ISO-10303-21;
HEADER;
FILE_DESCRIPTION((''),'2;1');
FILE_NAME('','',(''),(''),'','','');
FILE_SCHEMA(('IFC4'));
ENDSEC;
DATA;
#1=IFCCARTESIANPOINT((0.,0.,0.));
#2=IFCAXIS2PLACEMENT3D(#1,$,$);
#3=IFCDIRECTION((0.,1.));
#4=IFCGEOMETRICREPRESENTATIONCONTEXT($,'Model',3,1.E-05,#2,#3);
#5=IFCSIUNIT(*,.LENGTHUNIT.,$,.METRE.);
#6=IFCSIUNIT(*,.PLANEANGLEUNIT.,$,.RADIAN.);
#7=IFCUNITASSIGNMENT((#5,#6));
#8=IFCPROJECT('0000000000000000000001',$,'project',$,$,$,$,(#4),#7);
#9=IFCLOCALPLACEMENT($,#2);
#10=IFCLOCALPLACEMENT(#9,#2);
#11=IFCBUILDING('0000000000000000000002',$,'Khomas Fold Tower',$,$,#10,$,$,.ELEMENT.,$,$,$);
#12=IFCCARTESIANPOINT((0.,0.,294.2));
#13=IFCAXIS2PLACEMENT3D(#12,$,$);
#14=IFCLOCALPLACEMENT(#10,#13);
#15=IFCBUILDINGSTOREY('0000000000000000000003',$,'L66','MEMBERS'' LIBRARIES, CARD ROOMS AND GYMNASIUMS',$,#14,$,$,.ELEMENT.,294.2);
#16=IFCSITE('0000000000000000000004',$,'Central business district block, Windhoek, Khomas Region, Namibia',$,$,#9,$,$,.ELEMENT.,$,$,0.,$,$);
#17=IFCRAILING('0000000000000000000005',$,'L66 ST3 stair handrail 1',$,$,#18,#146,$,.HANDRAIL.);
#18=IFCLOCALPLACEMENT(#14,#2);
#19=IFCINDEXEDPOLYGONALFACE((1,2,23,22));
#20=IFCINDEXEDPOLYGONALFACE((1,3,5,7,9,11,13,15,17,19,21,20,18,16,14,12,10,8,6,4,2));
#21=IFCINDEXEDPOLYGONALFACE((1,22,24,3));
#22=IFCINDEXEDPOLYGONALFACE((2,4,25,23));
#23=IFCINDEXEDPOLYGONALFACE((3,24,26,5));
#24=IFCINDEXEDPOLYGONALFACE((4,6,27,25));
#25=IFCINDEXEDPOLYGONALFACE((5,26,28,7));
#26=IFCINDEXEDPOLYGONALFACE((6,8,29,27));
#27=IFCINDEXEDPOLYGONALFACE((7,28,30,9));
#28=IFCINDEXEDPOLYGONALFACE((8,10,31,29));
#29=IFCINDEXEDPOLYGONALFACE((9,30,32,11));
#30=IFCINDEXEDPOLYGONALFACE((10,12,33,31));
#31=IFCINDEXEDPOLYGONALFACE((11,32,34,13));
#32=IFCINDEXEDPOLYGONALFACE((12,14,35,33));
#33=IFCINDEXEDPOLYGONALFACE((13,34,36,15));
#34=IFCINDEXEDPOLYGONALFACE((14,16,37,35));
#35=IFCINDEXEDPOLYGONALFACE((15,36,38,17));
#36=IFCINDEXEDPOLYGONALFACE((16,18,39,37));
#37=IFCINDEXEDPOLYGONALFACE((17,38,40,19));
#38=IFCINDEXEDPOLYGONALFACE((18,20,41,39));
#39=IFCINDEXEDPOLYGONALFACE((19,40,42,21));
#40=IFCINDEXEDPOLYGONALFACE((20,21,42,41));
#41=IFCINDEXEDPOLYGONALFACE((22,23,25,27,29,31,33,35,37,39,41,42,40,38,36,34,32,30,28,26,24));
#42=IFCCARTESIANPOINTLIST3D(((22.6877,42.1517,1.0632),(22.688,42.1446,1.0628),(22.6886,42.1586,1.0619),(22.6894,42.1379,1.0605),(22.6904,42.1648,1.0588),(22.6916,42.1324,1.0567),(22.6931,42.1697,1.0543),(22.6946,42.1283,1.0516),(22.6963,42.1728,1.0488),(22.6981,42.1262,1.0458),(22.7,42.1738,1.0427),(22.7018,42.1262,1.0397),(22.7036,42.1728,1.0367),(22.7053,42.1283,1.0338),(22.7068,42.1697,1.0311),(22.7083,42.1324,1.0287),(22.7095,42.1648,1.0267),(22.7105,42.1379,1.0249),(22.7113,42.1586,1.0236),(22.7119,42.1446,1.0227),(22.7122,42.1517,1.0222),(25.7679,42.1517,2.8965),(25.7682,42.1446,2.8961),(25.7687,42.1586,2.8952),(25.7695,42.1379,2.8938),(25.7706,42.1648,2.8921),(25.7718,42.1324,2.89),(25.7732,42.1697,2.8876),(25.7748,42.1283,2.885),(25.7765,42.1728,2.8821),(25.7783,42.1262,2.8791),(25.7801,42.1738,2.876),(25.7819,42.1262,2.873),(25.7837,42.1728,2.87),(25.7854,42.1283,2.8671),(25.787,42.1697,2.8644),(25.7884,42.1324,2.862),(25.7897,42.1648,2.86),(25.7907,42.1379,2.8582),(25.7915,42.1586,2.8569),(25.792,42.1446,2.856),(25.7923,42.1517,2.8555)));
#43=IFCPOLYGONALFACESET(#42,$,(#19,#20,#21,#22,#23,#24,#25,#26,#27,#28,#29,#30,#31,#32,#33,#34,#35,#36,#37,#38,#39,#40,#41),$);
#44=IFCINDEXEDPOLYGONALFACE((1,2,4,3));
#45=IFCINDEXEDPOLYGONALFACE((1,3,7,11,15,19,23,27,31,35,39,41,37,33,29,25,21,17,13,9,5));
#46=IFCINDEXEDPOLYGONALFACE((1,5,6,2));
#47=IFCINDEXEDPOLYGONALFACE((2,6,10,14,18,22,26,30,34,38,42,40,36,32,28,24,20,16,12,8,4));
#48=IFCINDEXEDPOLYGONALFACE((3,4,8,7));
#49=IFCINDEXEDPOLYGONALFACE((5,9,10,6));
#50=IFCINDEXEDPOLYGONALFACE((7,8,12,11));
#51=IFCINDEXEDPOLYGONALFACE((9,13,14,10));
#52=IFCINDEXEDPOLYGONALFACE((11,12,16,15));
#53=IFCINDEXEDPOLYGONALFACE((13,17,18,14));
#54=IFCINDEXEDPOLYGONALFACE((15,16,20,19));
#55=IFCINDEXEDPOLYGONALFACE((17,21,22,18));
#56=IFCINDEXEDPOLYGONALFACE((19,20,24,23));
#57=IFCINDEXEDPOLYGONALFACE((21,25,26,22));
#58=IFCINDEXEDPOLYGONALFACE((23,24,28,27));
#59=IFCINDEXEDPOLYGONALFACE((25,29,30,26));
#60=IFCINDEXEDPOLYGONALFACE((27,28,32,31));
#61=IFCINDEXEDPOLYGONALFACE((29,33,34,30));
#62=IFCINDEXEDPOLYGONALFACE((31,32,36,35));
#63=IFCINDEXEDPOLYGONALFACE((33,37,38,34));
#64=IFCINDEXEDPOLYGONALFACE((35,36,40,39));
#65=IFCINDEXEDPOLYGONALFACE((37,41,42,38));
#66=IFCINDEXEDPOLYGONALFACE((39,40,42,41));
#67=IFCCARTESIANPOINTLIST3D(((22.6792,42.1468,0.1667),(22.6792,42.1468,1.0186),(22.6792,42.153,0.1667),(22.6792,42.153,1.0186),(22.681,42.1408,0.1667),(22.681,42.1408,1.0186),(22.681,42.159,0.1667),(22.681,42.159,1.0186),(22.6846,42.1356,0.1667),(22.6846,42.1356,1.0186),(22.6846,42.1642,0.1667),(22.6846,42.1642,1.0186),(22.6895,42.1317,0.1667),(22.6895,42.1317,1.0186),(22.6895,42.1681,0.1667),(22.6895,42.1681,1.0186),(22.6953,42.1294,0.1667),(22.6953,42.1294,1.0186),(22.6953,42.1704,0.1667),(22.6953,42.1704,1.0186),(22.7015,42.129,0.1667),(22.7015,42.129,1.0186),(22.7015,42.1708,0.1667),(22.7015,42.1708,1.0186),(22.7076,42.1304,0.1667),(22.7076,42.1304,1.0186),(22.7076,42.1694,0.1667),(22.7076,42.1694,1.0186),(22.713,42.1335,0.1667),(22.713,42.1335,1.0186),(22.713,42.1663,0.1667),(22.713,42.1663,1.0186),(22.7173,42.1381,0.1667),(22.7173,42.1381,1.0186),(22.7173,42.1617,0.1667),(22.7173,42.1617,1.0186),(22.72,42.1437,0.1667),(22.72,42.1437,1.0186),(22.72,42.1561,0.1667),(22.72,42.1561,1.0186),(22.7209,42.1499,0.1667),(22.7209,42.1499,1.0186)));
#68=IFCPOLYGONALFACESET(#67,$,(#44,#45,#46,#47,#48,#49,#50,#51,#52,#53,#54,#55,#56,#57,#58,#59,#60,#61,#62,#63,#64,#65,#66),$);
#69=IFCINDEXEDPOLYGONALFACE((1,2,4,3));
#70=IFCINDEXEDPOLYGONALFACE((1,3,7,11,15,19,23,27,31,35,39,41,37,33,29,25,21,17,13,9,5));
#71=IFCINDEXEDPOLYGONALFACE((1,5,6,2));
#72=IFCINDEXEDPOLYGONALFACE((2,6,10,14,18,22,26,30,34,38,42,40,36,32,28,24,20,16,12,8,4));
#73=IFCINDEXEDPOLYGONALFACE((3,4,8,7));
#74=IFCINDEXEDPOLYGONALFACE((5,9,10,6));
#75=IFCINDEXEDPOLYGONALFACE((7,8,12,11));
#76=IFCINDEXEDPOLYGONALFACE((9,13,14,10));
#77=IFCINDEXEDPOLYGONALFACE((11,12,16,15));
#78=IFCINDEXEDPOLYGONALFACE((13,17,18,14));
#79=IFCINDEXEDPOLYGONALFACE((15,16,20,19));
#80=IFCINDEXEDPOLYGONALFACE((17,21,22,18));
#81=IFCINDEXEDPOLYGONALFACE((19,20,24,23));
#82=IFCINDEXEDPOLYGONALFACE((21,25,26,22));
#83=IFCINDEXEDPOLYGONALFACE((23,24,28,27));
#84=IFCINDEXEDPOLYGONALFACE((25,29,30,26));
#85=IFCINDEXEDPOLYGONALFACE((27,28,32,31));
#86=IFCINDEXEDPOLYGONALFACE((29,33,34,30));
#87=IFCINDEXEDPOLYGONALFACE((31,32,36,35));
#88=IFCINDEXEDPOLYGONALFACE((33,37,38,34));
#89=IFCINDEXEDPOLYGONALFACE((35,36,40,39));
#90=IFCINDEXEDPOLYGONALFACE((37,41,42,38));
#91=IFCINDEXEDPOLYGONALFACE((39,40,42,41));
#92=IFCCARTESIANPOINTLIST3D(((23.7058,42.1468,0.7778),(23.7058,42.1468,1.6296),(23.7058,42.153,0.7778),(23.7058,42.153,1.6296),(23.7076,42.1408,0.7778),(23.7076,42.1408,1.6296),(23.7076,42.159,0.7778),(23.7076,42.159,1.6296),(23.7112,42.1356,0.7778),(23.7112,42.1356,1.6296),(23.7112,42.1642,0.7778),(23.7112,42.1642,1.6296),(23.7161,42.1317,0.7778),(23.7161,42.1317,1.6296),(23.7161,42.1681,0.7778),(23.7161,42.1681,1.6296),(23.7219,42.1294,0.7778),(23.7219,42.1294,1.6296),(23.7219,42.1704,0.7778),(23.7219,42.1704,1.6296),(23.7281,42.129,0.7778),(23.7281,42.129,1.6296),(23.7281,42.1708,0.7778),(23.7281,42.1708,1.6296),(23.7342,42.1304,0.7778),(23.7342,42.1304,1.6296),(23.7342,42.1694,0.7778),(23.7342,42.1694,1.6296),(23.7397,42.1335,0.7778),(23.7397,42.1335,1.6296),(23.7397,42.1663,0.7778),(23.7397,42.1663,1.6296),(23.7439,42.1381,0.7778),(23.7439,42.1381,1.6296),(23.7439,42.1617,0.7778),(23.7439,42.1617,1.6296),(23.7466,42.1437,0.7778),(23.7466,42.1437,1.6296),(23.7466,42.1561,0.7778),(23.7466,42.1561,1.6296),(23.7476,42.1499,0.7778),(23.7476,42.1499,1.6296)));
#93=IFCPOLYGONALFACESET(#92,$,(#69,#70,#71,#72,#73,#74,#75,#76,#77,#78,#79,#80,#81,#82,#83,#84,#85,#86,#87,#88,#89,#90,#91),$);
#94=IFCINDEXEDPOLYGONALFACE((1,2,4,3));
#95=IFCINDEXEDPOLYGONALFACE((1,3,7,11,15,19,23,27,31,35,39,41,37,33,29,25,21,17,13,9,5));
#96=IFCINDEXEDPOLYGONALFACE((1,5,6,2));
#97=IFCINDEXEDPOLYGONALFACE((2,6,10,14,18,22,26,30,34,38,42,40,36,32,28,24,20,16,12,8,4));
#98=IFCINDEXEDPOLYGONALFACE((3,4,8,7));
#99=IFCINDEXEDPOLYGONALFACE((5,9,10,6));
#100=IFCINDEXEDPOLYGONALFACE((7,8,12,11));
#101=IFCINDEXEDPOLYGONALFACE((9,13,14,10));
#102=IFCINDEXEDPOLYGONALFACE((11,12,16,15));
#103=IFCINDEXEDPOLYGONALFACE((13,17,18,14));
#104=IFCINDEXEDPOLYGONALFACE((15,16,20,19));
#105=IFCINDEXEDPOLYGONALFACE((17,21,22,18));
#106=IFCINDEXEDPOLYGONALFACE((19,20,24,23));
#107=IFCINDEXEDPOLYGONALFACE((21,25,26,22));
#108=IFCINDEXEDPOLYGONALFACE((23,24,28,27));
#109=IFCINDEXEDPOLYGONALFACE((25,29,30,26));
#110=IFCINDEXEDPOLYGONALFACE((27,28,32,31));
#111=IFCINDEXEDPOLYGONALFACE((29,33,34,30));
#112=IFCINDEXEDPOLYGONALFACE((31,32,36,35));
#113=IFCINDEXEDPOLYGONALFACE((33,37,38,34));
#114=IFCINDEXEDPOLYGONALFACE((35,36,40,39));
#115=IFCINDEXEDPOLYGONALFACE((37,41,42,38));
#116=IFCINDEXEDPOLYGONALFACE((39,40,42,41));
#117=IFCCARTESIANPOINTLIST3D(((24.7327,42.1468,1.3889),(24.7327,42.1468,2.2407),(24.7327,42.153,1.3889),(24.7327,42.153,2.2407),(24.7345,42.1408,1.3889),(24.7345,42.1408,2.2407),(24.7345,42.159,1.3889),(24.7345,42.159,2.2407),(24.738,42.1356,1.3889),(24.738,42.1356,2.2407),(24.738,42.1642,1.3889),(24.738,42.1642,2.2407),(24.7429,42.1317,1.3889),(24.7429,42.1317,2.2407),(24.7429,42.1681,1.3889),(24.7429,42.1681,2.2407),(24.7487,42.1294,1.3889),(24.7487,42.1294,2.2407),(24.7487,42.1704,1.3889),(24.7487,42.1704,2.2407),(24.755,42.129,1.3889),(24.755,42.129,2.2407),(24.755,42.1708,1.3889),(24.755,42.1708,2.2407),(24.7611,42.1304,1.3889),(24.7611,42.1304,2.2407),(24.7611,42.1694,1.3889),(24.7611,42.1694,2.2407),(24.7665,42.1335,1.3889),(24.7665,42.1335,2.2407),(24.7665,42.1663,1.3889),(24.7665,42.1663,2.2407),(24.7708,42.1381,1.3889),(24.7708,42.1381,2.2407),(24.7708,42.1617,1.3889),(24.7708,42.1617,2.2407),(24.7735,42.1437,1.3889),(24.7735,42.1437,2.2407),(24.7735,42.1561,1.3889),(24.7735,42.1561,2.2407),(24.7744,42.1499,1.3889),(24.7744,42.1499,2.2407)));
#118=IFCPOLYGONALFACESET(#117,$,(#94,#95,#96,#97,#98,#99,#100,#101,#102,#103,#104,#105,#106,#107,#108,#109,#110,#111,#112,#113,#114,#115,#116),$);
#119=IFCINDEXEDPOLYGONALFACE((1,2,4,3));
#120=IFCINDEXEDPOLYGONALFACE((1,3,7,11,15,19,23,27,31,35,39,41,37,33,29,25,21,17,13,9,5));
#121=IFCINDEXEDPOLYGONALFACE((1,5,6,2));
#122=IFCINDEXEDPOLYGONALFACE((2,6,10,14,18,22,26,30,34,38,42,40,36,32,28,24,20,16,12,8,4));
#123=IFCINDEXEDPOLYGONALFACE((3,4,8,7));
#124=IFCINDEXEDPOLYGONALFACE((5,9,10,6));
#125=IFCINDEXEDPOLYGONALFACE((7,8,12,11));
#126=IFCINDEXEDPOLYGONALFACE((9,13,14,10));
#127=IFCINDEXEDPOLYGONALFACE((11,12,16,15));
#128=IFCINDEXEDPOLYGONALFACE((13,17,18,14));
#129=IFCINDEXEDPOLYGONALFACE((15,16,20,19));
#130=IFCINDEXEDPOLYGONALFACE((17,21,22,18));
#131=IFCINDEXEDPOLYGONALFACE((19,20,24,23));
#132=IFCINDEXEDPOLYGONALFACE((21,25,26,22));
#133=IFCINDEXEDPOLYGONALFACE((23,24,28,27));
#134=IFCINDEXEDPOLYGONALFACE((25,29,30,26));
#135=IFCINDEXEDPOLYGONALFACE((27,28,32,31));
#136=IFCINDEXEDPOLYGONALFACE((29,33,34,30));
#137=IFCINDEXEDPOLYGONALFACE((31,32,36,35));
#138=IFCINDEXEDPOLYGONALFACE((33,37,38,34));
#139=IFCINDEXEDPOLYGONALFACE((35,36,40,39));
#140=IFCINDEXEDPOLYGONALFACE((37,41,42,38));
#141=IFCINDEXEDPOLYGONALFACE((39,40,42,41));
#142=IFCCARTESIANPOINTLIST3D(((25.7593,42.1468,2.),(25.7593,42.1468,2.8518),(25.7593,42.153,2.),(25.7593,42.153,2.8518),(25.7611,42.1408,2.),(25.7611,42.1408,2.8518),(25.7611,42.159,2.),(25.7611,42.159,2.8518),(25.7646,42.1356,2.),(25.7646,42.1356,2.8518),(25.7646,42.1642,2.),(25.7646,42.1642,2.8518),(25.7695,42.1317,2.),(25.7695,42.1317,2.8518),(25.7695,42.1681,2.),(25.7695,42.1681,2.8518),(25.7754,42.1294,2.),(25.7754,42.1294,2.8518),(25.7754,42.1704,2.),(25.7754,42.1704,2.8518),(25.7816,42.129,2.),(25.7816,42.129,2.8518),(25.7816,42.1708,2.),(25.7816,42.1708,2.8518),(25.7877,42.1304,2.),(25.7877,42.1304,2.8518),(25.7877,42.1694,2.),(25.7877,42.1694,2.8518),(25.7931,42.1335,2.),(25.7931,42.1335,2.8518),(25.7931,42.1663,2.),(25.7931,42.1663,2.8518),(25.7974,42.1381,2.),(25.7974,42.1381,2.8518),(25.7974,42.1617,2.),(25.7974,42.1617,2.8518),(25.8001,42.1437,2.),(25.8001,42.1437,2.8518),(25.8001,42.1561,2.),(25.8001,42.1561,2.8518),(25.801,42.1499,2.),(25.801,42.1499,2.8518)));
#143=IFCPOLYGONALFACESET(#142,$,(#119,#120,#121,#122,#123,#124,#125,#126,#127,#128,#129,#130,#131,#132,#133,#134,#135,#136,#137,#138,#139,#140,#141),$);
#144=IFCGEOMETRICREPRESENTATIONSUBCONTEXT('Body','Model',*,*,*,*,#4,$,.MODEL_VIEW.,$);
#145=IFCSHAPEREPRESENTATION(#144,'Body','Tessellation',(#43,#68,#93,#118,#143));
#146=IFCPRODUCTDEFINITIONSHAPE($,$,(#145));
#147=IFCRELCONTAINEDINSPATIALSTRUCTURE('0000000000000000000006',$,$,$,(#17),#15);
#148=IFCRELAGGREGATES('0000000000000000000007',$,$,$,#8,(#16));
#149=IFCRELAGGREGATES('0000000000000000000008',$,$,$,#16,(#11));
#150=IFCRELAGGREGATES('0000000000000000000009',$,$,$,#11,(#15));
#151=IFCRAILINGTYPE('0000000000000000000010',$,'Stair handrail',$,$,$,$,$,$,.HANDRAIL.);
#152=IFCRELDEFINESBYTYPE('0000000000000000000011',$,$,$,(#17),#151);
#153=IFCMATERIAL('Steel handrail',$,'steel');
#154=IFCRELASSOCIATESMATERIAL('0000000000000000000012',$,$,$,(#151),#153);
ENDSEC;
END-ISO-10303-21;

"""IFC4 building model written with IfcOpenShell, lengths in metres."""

from ifc_helpers import new_model, si_unit, direction, frame, origin, origin_2d, place, context, subcontext, project, spatial, circle, extrude, source, transform, mapped, material, type_object, element, save


model = new_model("IFC4")

# Units and contexts
model_context = context("Model", 3, precision=1e-05, world=origin(), true_north=direction((0.0, 1.0)))
body_context = subcontext(model_context, "Body", "Model", "MODEL_VIEW")
ifc_project = project(units=[si_unit("LENGTHUNIT", "METRE"), si_unit("PLANEANGLEUNIT", "RADIAN")], contexts=[model_context])

# Site, building, storey
site_placement = place(None, origin())
site = spatial("IfcSite", under=ifc_project, at=site_placement, Name="Central business district block, Windhoek, Khomas Region, Namibia", CompositionType="ELEMENT", RefElevation=0.0)
building_placement = place(site_placement, origin())
building = spatial("IfcBuilding", under=site, at=building_placement, Name="Khomas Fold Tower", CompositionType="ELEMENT")
storey_placement = place(building_placement, frame((0.0, 0.0, 294.2)))
storey = spatial("IfcBuildingStorey", under=building, at=storey_placement, Name="L66", Description="MEMBERS' LIBRARIES, CARD ROOMS AND GYMNASIUMS", CompositionType="ELEMENT", Elevation=294.2)

# Railing
ifc_material_1 = material(Name="Steel handrail", Category="steel")
railing_type_1 = type_object("IfcRailingType", Name="Stair handrail", PredefinedType="HANDRAIL", material=ifc_material_1)
shared_shape_1 = source(origin(), body_context, "Body", "SweptSolid", [
    extrude(circle(Radius=0.0239, at=origin_2d()), frame((0.0, 0.0, 0.876), z_axis=(0.859309, 0.0, 0.511458), x_axis=(0.0, 1.0, 0.0)), (0.0, 0.0, 1.0), 3.5845),
    extrude(circle(Radius=0.021, at=origin_2d()), origin(), (0.0, 0.0, 1.0), 0.8518),
    extrude(circle(Radius=0.021, at=origin_2d()), frame((1.0266, 0.0, 0.6111)), (0.0, 0.0, 1.0), 0.8518),
    extrude(circle(Radius=0.021, at=origin_2d()), frame((2.0535, 0.0, 1.2222)), (0.0, 0.0, 1.0), 0.8518),
    extrude(circle(Radius=0.021, at=origin_2d()), frame((3.0801, 0.0, 1.8333)), (0.0, 0.0, 1.0), 0.8518),
])
railing_1_placement = place(storey_placement, frame((22.7, 42.1499, 0.1667)))
element("IfcRailing", 1, at=railing_1_placement, inside=storey, type_object=railing_type_1, Name="L66 ST3 stair handrail 1", PredefinedType="HANDRAIL", context=body_context, shape_type="MappedRepresentation", body=[
    mapped(shared_shape_1, transform((0.0, 0.0, 0.0))),
])

save(model, "model.ifc")
